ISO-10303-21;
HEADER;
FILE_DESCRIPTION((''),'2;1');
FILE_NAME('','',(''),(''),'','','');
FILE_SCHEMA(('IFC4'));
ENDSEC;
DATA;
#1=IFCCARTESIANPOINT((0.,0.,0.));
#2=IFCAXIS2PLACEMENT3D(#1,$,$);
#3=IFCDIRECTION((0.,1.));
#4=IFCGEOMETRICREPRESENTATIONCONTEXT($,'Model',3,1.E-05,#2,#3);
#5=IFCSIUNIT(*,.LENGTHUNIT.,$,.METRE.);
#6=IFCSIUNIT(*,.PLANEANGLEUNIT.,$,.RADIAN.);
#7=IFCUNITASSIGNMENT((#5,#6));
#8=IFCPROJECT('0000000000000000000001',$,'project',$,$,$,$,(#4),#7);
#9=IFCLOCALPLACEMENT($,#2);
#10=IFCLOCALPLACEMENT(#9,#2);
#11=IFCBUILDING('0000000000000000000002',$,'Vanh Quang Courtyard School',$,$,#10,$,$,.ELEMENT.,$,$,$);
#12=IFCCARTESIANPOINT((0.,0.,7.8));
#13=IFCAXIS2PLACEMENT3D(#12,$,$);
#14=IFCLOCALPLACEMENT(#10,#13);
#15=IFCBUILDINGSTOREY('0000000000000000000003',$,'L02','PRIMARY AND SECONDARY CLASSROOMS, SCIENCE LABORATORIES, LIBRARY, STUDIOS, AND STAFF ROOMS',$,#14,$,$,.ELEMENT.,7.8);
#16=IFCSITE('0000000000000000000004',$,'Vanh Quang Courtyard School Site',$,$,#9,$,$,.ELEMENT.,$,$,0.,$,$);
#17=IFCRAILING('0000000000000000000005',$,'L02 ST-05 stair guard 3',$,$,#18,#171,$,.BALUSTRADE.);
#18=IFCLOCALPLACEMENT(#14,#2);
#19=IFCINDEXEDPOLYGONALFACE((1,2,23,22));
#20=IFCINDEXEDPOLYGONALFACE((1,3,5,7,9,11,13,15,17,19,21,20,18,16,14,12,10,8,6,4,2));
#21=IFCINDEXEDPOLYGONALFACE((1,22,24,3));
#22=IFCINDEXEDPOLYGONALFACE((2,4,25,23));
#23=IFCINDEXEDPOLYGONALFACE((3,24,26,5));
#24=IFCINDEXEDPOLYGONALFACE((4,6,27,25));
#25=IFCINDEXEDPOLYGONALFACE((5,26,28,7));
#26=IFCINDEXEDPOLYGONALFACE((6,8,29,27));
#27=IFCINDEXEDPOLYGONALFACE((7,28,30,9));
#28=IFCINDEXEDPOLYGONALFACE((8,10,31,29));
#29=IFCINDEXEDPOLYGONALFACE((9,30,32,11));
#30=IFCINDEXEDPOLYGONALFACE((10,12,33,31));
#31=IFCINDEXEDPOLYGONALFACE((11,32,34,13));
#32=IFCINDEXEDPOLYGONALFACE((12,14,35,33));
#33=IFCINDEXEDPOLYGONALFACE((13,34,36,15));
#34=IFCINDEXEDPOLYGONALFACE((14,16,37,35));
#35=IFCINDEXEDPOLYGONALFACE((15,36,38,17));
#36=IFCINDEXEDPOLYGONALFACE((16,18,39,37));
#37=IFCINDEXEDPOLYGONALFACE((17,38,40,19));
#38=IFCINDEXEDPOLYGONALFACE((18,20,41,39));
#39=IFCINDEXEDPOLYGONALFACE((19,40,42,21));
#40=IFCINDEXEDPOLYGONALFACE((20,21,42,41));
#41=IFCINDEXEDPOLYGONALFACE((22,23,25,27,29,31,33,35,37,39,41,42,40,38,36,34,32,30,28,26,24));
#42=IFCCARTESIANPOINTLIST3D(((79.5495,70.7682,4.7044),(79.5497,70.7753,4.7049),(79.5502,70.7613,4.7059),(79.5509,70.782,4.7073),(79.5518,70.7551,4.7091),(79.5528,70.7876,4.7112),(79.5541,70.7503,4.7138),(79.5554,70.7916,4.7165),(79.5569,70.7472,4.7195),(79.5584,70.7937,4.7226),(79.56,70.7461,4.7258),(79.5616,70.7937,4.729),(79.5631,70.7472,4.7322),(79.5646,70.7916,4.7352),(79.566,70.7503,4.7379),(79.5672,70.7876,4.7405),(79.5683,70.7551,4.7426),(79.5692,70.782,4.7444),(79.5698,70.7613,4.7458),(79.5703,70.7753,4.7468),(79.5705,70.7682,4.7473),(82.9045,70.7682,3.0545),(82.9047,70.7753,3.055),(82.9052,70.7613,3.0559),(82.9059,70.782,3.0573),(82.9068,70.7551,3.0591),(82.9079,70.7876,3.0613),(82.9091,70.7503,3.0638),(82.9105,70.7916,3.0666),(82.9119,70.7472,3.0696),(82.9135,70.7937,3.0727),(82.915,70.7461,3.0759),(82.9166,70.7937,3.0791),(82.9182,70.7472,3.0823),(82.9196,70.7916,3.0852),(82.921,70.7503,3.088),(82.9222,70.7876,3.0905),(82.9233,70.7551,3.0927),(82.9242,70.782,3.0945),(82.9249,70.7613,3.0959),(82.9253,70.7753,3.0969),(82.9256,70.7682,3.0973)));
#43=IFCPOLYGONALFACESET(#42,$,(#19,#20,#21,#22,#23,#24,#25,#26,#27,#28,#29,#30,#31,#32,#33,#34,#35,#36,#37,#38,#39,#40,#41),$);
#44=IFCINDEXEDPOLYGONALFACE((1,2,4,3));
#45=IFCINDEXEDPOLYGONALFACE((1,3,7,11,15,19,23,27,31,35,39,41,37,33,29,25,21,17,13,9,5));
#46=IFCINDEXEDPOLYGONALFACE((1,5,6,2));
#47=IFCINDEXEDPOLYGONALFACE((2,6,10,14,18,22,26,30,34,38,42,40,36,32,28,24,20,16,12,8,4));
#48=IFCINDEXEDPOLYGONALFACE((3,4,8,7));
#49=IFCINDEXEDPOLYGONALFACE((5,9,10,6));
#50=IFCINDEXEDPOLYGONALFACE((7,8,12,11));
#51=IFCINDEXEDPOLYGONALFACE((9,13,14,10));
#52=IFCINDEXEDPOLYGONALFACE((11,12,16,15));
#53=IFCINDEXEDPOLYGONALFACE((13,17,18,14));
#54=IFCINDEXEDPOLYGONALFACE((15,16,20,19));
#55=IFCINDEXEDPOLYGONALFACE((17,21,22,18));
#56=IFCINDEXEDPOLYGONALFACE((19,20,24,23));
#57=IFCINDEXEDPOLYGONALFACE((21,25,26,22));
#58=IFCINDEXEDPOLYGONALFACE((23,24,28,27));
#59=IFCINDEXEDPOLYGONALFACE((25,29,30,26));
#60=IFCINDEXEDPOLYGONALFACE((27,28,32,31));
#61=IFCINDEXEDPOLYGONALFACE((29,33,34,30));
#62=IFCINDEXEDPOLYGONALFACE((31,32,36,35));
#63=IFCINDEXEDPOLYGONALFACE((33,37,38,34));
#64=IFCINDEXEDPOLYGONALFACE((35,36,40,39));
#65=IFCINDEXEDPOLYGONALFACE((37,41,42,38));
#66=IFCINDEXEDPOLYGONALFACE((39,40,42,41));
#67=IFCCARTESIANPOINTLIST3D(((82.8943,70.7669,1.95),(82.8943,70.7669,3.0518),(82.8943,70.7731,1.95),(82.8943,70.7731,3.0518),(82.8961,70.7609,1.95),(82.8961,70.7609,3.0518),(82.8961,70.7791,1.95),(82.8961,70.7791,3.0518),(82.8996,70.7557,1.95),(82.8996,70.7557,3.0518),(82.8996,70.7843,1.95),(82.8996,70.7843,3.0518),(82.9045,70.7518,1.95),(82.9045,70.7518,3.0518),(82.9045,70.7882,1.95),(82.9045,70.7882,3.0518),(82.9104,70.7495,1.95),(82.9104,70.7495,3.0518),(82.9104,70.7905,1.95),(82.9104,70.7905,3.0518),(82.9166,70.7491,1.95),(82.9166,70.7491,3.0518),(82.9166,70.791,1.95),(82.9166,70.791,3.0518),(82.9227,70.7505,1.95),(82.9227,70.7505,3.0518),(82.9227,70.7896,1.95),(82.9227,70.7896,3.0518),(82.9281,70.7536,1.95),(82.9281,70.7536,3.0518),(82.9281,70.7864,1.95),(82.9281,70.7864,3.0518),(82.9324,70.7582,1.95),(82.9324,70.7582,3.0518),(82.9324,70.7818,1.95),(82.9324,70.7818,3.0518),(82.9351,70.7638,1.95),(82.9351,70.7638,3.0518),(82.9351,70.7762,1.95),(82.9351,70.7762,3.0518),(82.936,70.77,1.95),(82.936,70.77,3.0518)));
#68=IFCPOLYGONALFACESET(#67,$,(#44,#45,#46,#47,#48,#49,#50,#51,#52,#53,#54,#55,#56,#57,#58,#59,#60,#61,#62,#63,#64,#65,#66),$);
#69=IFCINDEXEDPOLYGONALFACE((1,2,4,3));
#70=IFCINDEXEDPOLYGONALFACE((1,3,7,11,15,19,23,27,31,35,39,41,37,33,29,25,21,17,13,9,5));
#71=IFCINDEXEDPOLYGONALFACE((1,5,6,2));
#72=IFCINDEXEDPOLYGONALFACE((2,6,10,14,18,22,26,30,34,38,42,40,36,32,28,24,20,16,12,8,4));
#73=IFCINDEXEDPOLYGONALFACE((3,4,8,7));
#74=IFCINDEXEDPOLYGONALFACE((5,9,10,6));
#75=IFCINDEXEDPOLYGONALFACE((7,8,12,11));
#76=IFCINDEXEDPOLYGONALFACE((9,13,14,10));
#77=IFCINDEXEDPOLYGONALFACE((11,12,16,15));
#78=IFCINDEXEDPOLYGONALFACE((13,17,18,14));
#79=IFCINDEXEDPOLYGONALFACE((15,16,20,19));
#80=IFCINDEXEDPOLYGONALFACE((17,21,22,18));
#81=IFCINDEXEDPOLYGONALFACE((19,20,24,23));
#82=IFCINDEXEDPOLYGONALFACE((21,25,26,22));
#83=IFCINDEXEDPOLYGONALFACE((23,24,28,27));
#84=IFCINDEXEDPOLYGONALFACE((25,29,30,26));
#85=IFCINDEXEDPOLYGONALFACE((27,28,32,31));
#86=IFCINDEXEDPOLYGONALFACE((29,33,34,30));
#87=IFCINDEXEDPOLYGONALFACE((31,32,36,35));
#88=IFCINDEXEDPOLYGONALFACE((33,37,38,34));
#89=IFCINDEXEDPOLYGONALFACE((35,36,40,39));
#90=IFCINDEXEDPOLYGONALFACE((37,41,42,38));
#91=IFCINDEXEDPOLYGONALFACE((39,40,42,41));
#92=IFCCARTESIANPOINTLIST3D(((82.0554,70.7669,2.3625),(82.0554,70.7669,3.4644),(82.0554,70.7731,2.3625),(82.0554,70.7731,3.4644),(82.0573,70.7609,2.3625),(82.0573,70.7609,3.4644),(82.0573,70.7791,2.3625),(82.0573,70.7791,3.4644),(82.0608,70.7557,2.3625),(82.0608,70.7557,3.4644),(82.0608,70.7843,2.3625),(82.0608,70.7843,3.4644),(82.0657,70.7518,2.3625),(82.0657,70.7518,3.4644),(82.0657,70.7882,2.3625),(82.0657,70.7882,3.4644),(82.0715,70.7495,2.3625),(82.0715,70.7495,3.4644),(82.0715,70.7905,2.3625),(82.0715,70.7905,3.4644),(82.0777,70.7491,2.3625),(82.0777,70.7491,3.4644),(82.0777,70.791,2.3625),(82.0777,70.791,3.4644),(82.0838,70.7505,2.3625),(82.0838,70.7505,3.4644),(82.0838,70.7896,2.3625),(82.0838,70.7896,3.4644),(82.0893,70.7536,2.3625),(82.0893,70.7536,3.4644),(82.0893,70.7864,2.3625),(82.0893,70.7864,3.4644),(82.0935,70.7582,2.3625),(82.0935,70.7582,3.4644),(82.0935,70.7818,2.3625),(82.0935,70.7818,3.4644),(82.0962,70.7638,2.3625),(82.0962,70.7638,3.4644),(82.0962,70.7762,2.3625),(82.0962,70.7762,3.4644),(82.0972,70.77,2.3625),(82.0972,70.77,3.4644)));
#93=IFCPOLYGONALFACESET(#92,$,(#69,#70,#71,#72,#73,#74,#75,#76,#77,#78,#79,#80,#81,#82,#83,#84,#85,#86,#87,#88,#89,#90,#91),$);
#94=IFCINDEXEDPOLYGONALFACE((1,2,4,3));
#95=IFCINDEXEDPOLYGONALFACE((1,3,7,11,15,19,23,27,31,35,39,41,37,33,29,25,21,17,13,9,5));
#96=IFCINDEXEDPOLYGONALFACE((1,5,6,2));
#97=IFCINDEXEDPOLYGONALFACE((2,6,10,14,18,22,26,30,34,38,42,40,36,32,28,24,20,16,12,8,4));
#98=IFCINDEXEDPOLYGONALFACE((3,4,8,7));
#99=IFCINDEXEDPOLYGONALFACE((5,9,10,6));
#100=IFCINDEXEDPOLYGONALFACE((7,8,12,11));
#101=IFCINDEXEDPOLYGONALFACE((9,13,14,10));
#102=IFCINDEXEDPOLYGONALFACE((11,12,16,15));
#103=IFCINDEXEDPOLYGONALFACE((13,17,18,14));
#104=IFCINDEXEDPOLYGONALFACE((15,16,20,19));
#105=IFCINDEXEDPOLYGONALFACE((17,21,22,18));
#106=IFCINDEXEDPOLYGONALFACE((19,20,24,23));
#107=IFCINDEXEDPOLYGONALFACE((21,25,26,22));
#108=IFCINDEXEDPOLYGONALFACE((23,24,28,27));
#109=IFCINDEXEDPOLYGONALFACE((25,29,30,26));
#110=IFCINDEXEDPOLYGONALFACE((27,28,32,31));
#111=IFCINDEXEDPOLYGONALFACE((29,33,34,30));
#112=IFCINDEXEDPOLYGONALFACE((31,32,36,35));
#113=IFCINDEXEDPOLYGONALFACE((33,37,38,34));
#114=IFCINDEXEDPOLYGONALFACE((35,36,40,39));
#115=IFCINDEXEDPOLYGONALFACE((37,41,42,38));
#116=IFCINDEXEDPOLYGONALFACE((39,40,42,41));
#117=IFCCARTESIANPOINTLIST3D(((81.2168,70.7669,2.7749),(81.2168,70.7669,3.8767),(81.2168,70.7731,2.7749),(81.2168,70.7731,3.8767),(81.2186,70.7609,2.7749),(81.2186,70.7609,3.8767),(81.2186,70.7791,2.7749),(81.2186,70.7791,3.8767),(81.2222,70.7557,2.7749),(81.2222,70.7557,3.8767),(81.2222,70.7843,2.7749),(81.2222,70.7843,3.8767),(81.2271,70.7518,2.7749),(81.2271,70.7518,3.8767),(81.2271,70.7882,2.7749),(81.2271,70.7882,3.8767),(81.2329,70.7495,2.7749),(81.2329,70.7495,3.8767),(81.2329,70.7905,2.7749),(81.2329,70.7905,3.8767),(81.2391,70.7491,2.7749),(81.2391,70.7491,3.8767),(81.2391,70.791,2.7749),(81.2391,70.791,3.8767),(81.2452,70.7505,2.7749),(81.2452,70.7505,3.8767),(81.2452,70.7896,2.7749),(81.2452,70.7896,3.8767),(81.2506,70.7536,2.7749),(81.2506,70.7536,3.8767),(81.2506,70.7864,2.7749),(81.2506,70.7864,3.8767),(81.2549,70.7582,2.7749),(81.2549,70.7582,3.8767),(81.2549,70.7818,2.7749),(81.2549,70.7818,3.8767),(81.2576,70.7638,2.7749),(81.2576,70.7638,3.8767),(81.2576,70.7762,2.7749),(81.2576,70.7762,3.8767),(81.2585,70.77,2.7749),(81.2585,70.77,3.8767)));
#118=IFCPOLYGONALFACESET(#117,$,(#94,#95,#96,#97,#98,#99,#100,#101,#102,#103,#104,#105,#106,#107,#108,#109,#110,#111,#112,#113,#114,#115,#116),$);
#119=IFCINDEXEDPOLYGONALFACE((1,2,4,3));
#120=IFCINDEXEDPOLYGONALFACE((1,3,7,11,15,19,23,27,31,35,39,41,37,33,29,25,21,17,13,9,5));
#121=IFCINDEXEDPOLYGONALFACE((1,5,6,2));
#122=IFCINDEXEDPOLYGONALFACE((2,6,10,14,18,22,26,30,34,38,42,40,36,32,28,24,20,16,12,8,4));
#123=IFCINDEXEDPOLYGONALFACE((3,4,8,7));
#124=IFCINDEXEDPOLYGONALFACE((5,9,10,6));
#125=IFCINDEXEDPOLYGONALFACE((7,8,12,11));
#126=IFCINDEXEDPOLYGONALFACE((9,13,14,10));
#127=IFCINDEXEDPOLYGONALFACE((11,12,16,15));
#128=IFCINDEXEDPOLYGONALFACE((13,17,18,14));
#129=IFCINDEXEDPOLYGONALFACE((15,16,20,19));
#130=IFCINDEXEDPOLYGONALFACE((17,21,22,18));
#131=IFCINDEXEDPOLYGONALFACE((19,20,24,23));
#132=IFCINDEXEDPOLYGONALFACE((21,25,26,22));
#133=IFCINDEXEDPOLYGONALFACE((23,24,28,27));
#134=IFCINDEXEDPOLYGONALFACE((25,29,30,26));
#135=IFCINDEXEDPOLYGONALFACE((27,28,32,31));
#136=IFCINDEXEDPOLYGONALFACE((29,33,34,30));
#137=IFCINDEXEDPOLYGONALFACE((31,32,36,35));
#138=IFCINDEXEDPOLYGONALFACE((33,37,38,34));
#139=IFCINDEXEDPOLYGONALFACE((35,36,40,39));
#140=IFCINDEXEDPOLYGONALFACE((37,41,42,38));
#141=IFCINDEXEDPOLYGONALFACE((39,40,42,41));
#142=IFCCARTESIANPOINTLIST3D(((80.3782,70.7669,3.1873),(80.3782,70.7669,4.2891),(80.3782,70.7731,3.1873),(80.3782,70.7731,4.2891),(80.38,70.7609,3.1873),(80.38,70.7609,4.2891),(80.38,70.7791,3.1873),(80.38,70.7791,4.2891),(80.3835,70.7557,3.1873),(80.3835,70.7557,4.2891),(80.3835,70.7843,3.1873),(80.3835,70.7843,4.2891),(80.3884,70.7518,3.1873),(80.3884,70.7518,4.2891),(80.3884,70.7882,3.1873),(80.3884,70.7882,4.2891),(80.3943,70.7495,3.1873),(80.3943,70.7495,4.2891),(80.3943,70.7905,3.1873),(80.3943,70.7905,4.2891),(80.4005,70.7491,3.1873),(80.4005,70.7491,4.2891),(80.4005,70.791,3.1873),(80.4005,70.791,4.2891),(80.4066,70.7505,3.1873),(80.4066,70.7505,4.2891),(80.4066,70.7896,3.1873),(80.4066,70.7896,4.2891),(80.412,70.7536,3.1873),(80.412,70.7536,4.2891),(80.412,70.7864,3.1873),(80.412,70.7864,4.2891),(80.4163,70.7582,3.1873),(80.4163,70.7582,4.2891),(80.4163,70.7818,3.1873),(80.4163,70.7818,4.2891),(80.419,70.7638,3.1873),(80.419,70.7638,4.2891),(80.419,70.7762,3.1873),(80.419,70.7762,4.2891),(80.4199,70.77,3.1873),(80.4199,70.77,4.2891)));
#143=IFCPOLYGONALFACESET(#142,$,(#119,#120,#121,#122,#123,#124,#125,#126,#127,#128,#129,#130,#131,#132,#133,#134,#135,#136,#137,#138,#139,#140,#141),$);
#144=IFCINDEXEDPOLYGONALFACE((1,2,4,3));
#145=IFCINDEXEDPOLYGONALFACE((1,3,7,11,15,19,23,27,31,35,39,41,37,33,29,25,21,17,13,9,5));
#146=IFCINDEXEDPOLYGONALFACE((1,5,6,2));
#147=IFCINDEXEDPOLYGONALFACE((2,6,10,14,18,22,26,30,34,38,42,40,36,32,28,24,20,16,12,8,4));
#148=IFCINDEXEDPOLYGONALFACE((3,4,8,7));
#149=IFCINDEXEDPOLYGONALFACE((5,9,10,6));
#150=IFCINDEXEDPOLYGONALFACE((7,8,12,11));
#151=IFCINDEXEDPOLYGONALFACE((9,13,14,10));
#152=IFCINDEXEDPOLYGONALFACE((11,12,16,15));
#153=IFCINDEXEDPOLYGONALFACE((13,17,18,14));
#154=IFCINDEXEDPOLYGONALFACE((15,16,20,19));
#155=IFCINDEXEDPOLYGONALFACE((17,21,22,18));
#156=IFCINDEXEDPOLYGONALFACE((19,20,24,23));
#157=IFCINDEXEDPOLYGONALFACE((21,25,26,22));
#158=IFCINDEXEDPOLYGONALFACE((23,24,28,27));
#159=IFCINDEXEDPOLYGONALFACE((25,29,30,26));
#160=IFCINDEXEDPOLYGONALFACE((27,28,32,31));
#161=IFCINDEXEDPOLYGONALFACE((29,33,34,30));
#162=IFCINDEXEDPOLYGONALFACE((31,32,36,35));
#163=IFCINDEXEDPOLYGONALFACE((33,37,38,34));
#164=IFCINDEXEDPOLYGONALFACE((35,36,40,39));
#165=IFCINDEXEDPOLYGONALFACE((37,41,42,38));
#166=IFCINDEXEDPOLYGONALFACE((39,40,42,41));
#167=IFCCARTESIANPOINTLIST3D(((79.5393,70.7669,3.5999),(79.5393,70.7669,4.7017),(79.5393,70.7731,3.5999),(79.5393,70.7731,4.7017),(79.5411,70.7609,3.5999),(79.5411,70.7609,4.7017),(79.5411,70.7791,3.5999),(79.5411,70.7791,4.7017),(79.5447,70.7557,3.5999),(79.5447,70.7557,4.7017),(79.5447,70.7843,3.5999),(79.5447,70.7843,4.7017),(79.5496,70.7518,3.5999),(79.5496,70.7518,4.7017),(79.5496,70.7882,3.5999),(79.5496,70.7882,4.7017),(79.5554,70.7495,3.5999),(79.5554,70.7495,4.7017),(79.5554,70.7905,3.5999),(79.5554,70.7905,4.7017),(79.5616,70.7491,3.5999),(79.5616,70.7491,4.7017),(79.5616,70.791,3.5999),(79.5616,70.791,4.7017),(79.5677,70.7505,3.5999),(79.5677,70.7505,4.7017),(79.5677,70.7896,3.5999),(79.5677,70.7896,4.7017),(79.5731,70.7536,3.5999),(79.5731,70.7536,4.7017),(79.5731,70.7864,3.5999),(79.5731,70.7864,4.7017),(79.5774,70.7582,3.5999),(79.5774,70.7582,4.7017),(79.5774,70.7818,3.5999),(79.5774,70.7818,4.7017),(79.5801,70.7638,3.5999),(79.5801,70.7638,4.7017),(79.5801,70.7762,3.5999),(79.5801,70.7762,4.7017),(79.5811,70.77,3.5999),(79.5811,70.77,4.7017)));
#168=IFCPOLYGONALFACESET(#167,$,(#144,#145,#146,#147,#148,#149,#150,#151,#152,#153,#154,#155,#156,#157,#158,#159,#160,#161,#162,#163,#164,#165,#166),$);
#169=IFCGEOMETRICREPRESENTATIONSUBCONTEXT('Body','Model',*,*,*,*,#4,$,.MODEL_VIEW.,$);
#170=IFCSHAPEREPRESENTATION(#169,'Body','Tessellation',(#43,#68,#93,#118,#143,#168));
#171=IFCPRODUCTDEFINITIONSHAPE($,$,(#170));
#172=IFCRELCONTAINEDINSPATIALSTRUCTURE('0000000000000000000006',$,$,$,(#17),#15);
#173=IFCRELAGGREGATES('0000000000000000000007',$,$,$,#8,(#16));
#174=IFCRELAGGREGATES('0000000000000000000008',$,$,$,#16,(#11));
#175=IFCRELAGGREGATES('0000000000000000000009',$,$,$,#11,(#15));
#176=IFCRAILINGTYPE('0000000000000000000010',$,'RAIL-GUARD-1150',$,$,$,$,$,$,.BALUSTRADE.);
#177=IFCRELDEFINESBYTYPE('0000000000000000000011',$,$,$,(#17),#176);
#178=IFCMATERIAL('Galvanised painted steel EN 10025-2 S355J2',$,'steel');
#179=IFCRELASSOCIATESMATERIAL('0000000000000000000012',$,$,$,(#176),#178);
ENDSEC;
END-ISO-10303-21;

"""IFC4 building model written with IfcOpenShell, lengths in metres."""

from ifc_helpers import new_model, si_unit, direction, frame, origin, origin_2d, place, context, subcontext, project, spatial, circle, extrude, material, type_object, element, save


model = new_model("IFC4")

# Units and contexts
model_context = context("Model", 3, precision=1e-05, world=origin(), true_north=direction((0.0, 1.0)))
body_context = subcontext(model_context, "Body", "Model", "MODEL_VIEW")
ifc_project = project(units=[si_unit("LENGTHUNIT", "METRE"), si_unit("PLANEANGLEUNIT", "RADIAN")], contexts=[model_context])

# Site, building, storey
site_placement = place(None, origin())
site = spatial("IfcSite", under=ifc_project, at=site_placement, Name="Vanh Quang Courtyard School Site", CompositionType="ELEMENT", RefElevation=0.0)
building_placement = place(site_placement, origin())
building = spatial("IfcBuilding", under=site, at=building_placement, Name="Vanh Quang Courtyard School", CompositionType="ELEMENT")
storey_placement = place(building_placement, frame((0.0, 0.0, 7.8)))
storey = spatial("IfcBuildingStorey", under=building, at=storey_placement, Name="L02", Description="PRIMARY AND SECONDARY CLASSROOMS, SCIENCE LABORATORIES, LIBRARY, STUDIOS, AND STAFF ROOMS", CompositionType="ELEMENT", Elevation=7.8)

# Railing
ifc_material_1 = material(Name="Galvanised painted steel EN 10025-2 S355J2", Category="steel")
railing_type_1 = type_object("IfcRailingType", Name="RAIL-GUARD-1150", PredefinedType="BALUSTRADE", material=ifc_material_1)
railing_1_placement = place(storey_placement, frame((82.915, 70.77, 1.95)))
element("IfcRailing", 1, at=railing_1_placement, inside=storey, type_object=railing_type_1, Name="L02 ST-05 stair guard 3", PredefinedType="BALUSTRADE", context=body_context, shape_type="SweptSolid", body=[
    extrude(circle(Radius=0.0239, at=origin_2d()), frame((0.0, 0.0, 1.126), z_axis=(-0.897359, 0.0, 0.441301), x_axis=(0.0, -1.0, 0.0)), (0.0, 0.0, 1.0), 3.7388),
    extrude(circle(Radius=0.021, at=origin_2d()), origin(), (0.0, 0.0, 1.0), 1.1018),
    extrude(circle(Radius=0.021, at=origin_2d()), frame((-0.8389, 0.0, 0.4126)), (0.0, 0.0, 1.0), 1.1018),
    extrude(circle(Radius=0.021, at=origin_2d()), frame((-1.6775, 0.0, 0.825)), (0.0, 0.0, 1.0), 1.1018),
    extrude(circle(Radius=0.021, at=origin_2d()), frame((-2.5161, 0.0, 1.2373)), (0.0, 0.0, 1.0), 1.1018),
    extrude(circle(Radius=0.021, at=origin_2d()), frame((-3.355, 0.0, 1.6499)), (0.0, 0.0, 1.0), 1.1018),
])

save(model, "model.ifc")
